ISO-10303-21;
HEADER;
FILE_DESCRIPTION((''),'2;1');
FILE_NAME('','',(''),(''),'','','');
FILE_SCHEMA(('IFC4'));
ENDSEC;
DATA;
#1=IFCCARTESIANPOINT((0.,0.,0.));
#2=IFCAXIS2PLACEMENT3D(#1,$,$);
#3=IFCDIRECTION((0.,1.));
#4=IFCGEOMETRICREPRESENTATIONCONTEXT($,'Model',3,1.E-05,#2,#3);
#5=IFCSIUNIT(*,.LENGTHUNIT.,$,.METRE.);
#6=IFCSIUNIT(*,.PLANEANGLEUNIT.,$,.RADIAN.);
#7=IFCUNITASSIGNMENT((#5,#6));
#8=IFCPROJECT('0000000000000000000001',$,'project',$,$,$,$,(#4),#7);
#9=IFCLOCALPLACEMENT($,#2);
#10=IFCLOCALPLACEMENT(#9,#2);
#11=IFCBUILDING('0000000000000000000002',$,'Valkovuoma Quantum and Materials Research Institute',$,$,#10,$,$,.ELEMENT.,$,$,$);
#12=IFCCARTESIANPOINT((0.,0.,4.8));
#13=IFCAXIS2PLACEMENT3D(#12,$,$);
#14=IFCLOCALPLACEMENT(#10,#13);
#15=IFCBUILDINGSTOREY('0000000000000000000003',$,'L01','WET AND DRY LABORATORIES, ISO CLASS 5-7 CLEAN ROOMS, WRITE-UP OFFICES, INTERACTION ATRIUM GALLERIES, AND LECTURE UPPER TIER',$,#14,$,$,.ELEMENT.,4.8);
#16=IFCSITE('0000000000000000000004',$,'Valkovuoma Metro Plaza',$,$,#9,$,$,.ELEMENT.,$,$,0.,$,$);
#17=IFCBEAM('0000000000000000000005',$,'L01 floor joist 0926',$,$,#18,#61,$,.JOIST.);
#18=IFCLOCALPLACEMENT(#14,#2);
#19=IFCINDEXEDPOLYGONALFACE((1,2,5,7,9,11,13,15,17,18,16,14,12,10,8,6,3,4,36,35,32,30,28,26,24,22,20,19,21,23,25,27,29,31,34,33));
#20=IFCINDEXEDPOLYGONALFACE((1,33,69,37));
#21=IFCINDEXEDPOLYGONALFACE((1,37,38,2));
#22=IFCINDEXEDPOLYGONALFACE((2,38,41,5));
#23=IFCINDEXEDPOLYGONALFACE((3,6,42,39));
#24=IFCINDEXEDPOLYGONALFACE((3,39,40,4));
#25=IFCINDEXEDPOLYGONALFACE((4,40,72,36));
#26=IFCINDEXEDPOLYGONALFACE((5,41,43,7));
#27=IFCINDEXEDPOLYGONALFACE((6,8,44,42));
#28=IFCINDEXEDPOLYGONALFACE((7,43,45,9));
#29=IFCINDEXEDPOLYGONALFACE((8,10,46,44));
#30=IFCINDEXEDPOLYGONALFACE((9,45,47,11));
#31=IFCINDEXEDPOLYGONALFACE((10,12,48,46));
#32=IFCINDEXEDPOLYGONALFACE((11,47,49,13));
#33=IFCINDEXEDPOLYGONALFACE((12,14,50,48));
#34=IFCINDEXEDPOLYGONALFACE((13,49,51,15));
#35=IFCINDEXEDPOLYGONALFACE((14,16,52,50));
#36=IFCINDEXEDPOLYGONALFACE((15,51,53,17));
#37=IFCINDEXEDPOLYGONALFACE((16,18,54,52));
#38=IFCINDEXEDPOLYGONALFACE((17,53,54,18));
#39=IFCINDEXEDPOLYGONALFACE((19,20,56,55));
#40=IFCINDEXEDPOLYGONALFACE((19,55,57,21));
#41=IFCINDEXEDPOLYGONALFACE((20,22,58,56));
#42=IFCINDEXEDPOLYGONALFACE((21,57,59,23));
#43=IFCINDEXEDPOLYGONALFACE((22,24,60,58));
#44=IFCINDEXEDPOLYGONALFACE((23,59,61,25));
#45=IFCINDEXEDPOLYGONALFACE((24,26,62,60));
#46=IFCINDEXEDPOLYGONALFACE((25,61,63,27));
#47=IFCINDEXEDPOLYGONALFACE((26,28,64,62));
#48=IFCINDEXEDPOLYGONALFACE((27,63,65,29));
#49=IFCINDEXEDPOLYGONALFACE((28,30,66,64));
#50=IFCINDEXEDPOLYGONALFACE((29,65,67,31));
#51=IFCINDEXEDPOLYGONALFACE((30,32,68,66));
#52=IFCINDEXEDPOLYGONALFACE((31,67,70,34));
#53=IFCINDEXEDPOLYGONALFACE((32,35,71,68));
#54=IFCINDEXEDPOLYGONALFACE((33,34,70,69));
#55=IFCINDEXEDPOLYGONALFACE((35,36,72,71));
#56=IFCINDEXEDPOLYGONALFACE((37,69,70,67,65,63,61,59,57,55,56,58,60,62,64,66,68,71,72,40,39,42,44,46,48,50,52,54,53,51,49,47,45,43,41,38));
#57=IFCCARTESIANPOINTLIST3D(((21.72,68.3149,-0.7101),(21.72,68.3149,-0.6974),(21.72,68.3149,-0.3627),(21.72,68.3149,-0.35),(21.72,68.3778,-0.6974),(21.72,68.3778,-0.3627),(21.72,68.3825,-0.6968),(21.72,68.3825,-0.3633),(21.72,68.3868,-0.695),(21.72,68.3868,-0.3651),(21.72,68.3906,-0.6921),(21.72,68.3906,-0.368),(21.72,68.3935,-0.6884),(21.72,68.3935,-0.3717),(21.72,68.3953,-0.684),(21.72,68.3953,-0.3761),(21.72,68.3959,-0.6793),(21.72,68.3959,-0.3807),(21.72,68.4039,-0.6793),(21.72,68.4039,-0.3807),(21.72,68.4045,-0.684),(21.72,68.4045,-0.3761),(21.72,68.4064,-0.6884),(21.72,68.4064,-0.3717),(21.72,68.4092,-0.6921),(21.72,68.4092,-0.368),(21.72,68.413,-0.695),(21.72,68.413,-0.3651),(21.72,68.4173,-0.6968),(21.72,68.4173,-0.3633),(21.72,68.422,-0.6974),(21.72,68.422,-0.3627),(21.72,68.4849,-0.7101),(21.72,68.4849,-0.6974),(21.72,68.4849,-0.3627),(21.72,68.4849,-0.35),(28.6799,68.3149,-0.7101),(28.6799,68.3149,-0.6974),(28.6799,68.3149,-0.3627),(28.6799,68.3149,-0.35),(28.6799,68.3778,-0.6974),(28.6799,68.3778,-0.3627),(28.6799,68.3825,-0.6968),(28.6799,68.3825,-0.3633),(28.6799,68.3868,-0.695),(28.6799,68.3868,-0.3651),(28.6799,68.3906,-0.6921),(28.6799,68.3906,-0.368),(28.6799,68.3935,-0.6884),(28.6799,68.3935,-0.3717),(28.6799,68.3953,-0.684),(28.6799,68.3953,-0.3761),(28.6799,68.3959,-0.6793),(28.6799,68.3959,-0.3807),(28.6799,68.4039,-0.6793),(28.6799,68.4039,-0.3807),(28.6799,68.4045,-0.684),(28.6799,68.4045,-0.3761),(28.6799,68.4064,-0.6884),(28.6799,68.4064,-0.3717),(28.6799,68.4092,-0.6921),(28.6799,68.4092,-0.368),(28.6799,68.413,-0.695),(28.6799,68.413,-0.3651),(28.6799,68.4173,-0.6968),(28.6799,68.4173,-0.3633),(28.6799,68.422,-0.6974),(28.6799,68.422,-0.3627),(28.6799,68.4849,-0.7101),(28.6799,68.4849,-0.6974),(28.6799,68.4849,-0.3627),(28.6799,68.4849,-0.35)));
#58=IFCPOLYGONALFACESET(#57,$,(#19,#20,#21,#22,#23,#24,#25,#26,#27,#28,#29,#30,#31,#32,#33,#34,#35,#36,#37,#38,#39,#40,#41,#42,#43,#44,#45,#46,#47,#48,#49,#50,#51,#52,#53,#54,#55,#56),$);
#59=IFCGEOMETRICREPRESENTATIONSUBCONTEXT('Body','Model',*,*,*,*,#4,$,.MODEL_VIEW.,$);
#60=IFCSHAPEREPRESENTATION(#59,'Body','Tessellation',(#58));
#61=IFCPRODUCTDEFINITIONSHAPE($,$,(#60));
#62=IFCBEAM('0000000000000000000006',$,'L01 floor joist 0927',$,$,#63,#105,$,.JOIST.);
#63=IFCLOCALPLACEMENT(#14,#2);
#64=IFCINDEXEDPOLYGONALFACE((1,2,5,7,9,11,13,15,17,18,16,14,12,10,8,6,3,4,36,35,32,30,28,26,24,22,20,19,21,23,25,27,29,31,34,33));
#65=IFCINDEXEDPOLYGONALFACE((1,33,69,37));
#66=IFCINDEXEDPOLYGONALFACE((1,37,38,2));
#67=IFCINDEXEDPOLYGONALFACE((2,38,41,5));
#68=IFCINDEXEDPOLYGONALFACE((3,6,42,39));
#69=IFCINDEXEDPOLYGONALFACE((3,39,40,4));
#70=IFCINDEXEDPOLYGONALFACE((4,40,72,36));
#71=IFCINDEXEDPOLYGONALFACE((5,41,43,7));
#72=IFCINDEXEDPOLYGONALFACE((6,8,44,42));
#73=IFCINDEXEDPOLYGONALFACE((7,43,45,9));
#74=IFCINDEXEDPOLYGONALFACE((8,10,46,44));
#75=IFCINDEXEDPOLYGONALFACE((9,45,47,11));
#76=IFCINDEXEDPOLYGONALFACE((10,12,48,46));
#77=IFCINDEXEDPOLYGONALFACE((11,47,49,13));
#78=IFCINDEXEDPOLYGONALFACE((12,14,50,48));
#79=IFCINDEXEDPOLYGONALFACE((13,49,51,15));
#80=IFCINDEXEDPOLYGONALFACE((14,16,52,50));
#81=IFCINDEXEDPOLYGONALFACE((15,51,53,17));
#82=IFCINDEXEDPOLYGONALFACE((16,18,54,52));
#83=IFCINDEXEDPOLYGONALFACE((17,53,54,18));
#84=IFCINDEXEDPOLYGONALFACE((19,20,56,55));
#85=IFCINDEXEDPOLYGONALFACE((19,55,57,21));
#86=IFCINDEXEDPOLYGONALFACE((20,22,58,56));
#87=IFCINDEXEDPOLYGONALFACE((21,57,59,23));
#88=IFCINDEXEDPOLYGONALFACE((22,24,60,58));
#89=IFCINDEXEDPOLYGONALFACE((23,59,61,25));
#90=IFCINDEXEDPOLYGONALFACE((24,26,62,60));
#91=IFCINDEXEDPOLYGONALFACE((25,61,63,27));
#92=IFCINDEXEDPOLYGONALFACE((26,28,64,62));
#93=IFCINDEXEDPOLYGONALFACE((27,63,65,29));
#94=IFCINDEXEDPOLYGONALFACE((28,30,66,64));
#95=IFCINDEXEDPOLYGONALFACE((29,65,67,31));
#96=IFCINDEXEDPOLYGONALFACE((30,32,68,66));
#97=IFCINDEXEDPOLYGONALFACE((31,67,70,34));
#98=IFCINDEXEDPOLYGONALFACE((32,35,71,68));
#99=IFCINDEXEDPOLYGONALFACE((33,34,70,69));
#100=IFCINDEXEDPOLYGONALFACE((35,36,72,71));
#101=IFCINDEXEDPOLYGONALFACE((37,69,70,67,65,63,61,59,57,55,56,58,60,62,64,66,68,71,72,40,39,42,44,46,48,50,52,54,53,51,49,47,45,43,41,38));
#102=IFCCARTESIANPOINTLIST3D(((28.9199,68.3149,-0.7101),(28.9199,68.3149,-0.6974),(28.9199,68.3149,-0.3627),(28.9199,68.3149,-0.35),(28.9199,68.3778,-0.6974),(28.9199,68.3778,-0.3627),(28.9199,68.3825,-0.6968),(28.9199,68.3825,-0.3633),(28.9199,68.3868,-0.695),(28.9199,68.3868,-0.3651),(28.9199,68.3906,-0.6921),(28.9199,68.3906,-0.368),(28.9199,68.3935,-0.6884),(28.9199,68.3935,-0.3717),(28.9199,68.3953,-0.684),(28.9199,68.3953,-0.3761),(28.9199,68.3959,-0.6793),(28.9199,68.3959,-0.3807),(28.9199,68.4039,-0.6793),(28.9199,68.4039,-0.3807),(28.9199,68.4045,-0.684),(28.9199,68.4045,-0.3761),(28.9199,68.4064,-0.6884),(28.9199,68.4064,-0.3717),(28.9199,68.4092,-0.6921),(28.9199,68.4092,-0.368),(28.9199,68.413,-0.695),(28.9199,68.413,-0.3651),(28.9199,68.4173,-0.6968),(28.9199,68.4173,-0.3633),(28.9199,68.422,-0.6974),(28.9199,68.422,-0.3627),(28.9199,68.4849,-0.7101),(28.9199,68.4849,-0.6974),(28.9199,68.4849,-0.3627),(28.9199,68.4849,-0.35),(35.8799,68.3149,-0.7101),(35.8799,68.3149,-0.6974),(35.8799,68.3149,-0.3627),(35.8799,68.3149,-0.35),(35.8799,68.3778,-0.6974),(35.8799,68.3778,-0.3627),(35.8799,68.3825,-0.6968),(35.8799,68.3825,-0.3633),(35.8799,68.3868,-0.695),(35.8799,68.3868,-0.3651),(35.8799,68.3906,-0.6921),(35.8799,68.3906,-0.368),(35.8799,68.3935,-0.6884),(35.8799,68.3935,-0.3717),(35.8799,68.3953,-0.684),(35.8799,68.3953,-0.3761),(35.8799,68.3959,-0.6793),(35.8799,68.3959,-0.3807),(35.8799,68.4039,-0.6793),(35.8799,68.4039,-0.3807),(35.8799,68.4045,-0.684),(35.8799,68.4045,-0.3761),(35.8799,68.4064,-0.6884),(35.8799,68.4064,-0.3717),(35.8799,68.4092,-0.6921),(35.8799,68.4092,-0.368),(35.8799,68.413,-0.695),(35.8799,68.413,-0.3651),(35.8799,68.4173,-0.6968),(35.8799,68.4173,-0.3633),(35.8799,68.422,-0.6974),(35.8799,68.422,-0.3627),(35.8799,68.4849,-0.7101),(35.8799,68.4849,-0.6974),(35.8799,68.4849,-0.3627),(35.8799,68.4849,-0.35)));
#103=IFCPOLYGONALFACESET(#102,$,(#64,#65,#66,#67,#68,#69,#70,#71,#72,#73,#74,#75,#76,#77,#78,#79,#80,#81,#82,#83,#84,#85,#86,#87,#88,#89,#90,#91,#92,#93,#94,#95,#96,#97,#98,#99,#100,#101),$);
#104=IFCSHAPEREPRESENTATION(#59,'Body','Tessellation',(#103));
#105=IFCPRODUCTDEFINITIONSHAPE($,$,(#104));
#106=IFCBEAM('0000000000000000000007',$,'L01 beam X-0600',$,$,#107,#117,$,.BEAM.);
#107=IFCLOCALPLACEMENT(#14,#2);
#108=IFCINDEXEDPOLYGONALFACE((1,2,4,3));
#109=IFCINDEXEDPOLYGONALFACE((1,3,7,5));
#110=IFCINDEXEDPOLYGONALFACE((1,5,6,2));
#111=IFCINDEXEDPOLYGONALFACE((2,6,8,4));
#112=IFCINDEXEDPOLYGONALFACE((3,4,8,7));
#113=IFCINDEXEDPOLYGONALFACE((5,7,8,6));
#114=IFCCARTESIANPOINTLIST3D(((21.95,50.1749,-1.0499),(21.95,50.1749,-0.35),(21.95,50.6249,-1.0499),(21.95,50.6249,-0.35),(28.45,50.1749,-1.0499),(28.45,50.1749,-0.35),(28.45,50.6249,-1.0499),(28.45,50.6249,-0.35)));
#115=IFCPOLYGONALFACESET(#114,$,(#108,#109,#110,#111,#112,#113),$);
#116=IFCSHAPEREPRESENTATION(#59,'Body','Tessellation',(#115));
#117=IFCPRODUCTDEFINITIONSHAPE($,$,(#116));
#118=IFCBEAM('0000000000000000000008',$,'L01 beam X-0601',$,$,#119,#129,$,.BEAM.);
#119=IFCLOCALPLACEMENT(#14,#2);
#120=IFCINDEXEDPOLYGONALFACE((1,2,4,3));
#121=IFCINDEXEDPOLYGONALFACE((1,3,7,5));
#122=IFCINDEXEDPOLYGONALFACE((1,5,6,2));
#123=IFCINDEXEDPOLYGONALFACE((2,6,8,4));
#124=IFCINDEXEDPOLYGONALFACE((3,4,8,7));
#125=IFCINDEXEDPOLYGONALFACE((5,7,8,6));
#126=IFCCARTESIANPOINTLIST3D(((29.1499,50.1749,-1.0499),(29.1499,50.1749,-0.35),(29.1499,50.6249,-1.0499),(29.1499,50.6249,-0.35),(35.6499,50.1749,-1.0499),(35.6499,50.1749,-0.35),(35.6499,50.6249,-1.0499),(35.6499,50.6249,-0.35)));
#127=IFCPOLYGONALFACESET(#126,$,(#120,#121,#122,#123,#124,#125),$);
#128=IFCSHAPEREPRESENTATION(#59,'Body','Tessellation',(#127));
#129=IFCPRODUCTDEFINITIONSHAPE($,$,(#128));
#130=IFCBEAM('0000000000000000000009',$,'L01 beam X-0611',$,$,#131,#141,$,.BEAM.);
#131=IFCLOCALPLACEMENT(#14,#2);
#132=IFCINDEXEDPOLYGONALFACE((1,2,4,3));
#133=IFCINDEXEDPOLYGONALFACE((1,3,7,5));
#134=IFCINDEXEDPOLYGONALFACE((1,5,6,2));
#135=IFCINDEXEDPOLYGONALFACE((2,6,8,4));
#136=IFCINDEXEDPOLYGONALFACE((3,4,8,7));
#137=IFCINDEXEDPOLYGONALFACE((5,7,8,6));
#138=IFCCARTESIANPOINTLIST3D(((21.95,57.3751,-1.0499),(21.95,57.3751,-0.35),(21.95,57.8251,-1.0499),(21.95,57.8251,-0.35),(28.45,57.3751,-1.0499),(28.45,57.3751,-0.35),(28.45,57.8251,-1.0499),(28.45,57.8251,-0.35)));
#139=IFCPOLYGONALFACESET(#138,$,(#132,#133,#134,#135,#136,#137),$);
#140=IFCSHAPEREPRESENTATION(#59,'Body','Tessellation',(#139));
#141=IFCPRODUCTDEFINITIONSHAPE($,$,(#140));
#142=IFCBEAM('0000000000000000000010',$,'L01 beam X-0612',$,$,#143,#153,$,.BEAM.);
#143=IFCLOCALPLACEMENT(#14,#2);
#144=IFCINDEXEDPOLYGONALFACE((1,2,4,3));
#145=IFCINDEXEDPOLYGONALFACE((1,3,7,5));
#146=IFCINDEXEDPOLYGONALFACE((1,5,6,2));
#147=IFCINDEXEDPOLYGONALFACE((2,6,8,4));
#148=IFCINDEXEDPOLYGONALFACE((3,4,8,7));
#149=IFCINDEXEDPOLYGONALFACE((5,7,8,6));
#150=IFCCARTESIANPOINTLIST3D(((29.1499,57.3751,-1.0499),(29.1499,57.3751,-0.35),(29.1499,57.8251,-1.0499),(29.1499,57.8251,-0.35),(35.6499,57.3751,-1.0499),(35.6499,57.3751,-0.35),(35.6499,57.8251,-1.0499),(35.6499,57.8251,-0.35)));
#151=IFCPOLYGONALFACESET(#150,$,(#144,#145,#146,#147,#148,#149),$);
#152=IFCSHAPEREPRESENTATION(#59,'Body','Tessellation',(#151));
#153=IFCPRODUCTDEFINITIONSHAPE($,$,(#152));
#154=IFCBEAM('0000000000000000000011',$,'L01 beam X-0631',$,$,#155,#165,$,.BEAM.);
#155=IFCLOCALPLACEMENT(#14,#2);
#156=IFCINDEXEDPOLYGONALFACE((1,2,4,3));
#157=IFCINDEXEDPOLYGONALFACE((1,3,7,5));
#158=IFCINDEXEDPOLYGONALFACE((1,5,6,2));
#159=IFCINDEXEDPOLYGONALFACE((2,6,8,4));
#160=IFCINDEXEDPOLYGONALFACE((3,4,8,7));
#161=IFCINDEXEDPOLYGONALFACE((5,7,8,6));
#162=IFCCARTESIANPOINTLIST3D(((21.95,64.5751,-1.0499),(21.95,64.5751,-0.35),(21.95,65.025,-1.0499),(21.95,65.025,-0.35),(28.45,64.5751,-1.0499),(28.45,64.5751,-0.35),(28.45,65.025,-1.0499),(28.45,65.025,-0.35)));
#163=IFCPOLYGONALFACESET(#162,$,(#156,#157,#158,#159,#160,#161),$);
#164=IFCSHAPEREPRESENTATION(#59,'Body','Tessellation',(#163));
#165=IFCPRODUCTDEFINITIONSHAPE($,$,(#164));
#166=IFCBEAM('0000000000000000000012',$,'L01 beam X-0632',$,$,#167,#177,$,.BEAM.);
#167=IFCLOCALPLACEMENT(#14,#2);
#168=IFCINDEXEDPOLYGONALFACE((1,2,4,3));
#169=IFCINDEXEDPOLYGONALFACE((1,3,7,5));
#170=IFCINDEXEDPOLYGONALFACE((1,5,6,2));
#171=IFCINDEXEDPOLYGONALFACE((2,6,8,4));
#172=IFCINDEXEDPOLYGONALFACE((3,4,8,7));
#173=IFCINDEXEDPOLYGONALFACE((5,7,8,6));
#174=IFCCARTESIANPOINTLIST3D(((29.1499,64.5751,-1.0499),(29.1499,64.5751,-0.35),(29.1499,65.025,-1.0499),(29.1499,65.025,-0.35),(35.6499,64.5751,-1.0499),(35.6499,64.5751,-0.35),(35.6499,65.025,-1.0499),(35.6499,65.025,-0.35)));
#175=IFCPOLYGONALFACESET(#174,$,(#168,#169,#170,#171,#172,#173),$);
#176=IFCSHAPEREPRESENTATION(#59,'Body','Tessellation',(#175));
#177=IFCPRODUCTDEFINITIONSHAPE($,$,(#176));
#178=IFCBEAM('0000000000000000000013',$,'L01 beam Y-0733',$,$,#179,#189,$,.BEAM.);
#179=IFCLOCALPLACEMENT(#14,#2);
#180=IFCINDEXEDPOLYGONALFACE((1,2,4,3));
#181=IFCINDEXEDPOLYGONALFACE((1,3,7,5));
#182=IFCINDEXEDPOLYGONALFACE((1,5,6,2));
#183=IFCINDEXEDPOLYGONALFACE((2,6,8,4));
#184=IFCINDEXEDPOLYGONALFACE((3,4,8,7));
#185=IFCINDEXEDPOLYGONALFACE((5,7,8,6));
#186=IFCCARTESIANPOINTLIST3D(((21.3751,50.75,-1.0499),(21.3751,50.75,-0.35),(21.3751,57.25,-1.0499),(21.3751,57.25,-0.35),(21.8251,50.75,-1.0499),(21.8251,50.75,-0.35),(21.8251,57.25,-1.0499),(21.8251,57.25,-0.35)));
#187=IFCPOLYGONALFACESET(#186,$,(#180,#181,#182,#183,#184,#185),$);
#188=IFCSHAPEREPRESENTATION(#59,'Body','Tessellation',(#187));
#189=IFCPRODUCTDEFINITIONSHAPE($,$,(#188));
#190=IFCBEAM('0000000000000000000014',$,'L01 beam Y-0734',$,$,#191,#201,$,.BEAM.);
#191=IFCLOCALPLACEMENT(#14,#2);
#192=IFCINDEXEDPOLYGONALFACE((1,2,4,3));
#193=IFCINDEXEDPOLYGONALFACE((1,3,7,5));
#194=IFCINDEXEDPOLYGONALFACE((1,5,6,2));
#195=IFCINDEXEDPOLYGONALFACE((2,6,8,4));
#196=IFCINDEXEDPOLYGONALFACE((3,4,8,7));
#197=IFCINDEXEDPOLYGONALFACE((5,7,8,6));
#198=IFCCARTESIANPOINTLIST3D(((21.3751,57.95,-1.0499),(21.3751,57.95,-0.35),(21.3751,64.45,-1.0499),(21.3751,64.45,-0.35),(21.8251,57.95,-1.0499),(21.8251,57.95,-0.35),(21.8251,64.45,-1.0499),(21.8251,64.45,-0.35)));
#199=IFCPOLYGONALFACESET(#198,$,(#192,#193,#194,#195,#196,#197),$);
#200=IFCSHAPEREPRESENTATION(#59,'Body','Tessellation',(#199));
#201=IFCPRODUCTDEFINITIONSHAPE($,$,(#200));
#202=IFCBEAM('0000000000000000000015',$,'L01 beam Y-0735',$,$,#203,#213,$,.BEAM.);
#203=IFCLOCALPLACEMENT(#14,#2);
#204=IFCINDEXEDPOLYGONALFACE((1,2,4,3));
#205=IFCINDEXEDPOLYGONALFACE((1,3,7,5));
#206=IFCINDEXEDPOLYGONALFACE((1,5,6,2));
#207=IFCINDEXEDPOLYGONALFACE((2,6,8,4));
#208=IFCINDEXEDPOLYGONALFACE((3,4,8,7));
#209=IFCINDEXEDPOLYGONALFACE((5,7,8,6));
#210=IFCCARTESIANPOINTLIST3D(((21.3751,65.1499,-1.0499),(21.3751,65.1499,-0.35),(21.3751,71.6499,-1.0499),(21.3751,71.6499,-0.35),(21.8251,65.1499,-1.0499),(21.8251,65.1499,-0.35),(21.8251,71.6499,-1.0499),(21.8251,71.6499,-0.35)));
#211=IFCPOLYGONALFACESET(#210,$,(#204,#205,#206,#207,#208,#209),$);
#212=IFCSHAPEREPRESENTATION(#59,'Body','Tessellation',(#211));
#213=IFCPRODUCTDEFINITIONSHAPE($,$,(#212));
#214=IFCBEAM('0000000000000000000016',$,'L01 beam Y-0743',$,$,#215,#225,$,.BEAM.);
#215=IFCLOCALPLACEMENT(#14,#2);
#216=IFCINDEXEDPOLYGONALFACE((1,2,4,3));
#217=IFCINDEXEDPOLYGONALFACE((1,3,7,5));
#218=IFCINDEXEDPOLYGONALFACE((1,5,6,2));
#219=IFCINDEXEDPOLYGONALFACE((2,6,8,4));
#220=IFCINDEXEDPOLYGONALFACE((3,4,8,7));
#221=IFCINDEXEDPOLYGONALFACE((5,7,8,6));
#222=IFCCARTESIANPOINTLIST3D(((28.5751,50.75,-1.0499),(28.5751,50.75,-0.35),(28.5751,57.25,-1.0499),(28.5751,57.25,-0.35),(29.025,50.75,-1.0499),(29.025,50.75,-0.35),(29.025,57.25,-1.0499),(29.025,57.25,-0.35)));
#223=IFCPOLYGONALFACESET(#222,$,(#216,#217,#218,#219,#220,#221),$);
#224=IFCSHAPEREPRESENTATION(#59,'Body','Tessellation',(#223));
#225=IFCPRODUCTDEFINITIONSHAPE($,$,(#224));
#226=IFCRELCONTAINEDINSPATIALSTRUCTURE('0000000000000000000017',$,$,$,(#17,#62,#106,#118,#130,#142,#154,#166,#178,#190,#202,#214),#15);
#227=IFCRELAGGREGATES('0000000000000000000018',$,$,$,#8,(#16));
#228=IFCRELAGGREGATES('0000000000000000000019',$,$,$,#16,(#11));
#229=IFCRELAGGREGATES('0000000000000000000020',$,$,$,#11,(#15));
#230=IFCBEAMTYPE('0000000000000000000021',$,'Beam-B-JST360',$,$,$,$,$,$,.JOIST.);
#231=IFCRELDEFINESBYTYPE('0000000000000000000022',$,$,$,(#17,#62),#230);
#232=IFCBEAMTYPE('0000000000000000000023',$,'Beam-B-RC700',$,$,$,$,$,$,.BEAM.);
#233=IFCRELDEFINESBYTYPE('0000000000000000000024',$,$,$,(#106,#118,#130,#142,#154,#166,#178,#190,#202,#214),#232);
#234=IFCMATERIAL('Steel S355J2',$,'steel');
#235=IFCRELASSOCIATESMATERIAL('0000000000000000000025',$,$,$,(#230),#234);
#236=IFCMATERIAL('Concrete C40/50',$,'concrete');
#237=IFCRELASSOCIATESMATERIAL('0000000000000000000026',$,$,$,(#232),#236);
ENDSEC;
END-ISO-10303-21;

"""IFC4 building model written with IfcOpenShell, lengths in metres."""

from ifc_helpers import new_model, si_unit, direction, frame, origin, origin_2d, place, context, subcontext, project, spatial, rectangle, i_section, extrude, material, material_profile, profile_set, type_object, element, save


model = new_model("IFC4")

# Units and contexts
model_context = context("Model", 3, precision=1e-05, world=origin(), true_north=direction((0.0, 1.0)))
body_context = subcontext(model_context, "Body", "Model", "MODEL_VIEW")
ifc_project = project(units=[si_unit("LENGTHUNIT", "METRE"), si_unit("PLANEANGLEUNIT", "RADIAN")], contexts=[model_context])

# Site, building, storey
site_placement = place(None, origin())
site = spatial("IfcSite", under=ifc_project, at=site_placement, Name="Valkovuoma Metro Plaza", CompositionType="ELEMENT", RefElevation=0.0)
building_placement = place(site_placement, origin())
building = spatial("IfcBuilding", under=site, at=building_placement, Name="Valkovuoma Quantum and Materials Research Institute", CompositionType="ELEMENT")
storey_placement = place(building_placement, frame((0.0, 0.0, 4.8)))
storey = spatial("IfcBuildingStorey", under=building, at=storey_placement, Name="L01", Description="WET AND DRY LABORATORIES, ISO CLASS 5-7 CLEAN ROOMS, WRITE-UP OFFICES, INTERACTION ATRIUM GALLERIES, AND LECTURE UPPER TIER", CompositionType="ELEMENT", Elevation=4.8)

# Beams
ifc_material_1 = material(Name="Steel S355J2", Category="steel")
ifc_material_profile_1 = material_profile(ifc_material_1, i_section(OverallWidth=0.1699, OverallDepth=0.3601, WebThickness=0.0081, FlangeThickness=0.0127, FilletRadius=0.0181, at=origin_2d()), Name="Steel S355J2")
ifc_profile_set_1 = profile_set([ifc_material_profile_1], Name="Steel S355J2")
beam_type_1 = type_object("IfcBeamType", Name="Beam-B-JST360", PredefinedType="JOIST", material=ifc_profile_set_1)
for number, where, z_axis, x_axis, name in (
    (1, (21.72, 68.3999, -0.53), (1.0, 0.0, 0.0), (0.0, 1.0, 0.0), "L01 floor joist 0926"),
    (2, (28.9199, 68.3999, -0.53), (1.0, 0.0, 0.0), (0.0, 1.0, 0.0), "L01 floor joist 0927"),
):
    element("IfcBeam", number, at=place(storey_placement, frame(where, z_axis=z_axis, x_axis=x_axis)), inside=storey, type_object=beam_type_1, Name=name, PredefinedType="JOIST", context=body_context, shape_type="SweptSolid", body=[
        extrude(i_section(OverallWidth=0.1699, OverallDepth=0.3601, WebThickness=0.0081, FlangeThickness=0.0127, FilletRadius=0.0181, at=origin_2d()), origin(), (0.0, 0.0, 1.0), 6.96),
    ])
ifc_material_2 = material(Name="Concrete C40/50", Category="concrete")
ifc_material_profile_2 = material_profile(ifc_material_2, rectangle(XDim=0.45, YDim=0.7, at=origin_2d()), Name="Concrete C40/50")
ifc_profile_set_2 = profile_set([ifc_material_profile_2], Name="Concrete C40/50")
beam_type_2 = type_object("IfcBeamType", Name="Beam-B-RC700", PredefinedType="BEAM", material=ifc_profile_set_2)
for number, where, z_axis, x_axis, name in (
    (3, (21.95, 50.3999, -0.7), (1.0, 0.0, 0.0), (0.0, 1.0, 0.0), "L01 beam X-0600"),
    (4, (29.1499, 50.3999, -0.7), (1.0, 0.0, 0.0), (0.0, 1.0, 0.0), "L01 beam X-0601"),
    (5, (21.95, 57.6001, -0.7), (1.0, 0.0, 0.0), (0.0, 1.0, 0.0), "L01 beam X-0611"),
    (6, (29.1499, 57.6001, -0.7), (1.0, 0.0, 0.0), (0.0, 1.0, 0.0), "L01 beam X-0612"),
    (7, (21.95, 64.8, -0.7), (1.0, 0.0, 0.0), (0.0, 1.0, 0.0), "L01 beam X-0631"),
    (8, (29.1499, 64.8, -0.7), (1.0, 0.0, 0.0), (0.0, 1.0, 0.0), "L01 beam X-0632"),
    (9, (21.6001, 50.75, -0.7), (0.0, 1.0, 0.0), (-1.0, 0.0, 0.0), "L01 beam Y-0733"),
    (10, (21.6001, 57.95, -0.7), (0.0, 1.0, 0.0), (-1.0, 0.0, 0.0), "L01 beam Y-0734"),
    (11, (21.6001, 65.1499, -0.7), (0.0, 1.0, 0.0), (-1.0, 0.0, 0.0), "L01 beam Y-0735"),
    (12, (28.8, 50.75, -0.7), (0.0, 1.0, 0.0), (-1.0, 0.0, 0.0), "L01 beam Y-0743"),
):
    element("IfcBeam", number, at=place(storey_placement, frame(where, z_axis=z_axis, x_axis=x_axis)), inside=storey, type_object=beam_type_2, Name=name, PredefinedType="BEAM", context=body_context, shape_type="SweptSolid", body=[
        extrude(rectangle(XDim=0.45, YDim=0.7, at=origin_2d()), origin(), (0.0, 0.0, 1.0), 6.5),
    ])

save(model, "model.ifc")
